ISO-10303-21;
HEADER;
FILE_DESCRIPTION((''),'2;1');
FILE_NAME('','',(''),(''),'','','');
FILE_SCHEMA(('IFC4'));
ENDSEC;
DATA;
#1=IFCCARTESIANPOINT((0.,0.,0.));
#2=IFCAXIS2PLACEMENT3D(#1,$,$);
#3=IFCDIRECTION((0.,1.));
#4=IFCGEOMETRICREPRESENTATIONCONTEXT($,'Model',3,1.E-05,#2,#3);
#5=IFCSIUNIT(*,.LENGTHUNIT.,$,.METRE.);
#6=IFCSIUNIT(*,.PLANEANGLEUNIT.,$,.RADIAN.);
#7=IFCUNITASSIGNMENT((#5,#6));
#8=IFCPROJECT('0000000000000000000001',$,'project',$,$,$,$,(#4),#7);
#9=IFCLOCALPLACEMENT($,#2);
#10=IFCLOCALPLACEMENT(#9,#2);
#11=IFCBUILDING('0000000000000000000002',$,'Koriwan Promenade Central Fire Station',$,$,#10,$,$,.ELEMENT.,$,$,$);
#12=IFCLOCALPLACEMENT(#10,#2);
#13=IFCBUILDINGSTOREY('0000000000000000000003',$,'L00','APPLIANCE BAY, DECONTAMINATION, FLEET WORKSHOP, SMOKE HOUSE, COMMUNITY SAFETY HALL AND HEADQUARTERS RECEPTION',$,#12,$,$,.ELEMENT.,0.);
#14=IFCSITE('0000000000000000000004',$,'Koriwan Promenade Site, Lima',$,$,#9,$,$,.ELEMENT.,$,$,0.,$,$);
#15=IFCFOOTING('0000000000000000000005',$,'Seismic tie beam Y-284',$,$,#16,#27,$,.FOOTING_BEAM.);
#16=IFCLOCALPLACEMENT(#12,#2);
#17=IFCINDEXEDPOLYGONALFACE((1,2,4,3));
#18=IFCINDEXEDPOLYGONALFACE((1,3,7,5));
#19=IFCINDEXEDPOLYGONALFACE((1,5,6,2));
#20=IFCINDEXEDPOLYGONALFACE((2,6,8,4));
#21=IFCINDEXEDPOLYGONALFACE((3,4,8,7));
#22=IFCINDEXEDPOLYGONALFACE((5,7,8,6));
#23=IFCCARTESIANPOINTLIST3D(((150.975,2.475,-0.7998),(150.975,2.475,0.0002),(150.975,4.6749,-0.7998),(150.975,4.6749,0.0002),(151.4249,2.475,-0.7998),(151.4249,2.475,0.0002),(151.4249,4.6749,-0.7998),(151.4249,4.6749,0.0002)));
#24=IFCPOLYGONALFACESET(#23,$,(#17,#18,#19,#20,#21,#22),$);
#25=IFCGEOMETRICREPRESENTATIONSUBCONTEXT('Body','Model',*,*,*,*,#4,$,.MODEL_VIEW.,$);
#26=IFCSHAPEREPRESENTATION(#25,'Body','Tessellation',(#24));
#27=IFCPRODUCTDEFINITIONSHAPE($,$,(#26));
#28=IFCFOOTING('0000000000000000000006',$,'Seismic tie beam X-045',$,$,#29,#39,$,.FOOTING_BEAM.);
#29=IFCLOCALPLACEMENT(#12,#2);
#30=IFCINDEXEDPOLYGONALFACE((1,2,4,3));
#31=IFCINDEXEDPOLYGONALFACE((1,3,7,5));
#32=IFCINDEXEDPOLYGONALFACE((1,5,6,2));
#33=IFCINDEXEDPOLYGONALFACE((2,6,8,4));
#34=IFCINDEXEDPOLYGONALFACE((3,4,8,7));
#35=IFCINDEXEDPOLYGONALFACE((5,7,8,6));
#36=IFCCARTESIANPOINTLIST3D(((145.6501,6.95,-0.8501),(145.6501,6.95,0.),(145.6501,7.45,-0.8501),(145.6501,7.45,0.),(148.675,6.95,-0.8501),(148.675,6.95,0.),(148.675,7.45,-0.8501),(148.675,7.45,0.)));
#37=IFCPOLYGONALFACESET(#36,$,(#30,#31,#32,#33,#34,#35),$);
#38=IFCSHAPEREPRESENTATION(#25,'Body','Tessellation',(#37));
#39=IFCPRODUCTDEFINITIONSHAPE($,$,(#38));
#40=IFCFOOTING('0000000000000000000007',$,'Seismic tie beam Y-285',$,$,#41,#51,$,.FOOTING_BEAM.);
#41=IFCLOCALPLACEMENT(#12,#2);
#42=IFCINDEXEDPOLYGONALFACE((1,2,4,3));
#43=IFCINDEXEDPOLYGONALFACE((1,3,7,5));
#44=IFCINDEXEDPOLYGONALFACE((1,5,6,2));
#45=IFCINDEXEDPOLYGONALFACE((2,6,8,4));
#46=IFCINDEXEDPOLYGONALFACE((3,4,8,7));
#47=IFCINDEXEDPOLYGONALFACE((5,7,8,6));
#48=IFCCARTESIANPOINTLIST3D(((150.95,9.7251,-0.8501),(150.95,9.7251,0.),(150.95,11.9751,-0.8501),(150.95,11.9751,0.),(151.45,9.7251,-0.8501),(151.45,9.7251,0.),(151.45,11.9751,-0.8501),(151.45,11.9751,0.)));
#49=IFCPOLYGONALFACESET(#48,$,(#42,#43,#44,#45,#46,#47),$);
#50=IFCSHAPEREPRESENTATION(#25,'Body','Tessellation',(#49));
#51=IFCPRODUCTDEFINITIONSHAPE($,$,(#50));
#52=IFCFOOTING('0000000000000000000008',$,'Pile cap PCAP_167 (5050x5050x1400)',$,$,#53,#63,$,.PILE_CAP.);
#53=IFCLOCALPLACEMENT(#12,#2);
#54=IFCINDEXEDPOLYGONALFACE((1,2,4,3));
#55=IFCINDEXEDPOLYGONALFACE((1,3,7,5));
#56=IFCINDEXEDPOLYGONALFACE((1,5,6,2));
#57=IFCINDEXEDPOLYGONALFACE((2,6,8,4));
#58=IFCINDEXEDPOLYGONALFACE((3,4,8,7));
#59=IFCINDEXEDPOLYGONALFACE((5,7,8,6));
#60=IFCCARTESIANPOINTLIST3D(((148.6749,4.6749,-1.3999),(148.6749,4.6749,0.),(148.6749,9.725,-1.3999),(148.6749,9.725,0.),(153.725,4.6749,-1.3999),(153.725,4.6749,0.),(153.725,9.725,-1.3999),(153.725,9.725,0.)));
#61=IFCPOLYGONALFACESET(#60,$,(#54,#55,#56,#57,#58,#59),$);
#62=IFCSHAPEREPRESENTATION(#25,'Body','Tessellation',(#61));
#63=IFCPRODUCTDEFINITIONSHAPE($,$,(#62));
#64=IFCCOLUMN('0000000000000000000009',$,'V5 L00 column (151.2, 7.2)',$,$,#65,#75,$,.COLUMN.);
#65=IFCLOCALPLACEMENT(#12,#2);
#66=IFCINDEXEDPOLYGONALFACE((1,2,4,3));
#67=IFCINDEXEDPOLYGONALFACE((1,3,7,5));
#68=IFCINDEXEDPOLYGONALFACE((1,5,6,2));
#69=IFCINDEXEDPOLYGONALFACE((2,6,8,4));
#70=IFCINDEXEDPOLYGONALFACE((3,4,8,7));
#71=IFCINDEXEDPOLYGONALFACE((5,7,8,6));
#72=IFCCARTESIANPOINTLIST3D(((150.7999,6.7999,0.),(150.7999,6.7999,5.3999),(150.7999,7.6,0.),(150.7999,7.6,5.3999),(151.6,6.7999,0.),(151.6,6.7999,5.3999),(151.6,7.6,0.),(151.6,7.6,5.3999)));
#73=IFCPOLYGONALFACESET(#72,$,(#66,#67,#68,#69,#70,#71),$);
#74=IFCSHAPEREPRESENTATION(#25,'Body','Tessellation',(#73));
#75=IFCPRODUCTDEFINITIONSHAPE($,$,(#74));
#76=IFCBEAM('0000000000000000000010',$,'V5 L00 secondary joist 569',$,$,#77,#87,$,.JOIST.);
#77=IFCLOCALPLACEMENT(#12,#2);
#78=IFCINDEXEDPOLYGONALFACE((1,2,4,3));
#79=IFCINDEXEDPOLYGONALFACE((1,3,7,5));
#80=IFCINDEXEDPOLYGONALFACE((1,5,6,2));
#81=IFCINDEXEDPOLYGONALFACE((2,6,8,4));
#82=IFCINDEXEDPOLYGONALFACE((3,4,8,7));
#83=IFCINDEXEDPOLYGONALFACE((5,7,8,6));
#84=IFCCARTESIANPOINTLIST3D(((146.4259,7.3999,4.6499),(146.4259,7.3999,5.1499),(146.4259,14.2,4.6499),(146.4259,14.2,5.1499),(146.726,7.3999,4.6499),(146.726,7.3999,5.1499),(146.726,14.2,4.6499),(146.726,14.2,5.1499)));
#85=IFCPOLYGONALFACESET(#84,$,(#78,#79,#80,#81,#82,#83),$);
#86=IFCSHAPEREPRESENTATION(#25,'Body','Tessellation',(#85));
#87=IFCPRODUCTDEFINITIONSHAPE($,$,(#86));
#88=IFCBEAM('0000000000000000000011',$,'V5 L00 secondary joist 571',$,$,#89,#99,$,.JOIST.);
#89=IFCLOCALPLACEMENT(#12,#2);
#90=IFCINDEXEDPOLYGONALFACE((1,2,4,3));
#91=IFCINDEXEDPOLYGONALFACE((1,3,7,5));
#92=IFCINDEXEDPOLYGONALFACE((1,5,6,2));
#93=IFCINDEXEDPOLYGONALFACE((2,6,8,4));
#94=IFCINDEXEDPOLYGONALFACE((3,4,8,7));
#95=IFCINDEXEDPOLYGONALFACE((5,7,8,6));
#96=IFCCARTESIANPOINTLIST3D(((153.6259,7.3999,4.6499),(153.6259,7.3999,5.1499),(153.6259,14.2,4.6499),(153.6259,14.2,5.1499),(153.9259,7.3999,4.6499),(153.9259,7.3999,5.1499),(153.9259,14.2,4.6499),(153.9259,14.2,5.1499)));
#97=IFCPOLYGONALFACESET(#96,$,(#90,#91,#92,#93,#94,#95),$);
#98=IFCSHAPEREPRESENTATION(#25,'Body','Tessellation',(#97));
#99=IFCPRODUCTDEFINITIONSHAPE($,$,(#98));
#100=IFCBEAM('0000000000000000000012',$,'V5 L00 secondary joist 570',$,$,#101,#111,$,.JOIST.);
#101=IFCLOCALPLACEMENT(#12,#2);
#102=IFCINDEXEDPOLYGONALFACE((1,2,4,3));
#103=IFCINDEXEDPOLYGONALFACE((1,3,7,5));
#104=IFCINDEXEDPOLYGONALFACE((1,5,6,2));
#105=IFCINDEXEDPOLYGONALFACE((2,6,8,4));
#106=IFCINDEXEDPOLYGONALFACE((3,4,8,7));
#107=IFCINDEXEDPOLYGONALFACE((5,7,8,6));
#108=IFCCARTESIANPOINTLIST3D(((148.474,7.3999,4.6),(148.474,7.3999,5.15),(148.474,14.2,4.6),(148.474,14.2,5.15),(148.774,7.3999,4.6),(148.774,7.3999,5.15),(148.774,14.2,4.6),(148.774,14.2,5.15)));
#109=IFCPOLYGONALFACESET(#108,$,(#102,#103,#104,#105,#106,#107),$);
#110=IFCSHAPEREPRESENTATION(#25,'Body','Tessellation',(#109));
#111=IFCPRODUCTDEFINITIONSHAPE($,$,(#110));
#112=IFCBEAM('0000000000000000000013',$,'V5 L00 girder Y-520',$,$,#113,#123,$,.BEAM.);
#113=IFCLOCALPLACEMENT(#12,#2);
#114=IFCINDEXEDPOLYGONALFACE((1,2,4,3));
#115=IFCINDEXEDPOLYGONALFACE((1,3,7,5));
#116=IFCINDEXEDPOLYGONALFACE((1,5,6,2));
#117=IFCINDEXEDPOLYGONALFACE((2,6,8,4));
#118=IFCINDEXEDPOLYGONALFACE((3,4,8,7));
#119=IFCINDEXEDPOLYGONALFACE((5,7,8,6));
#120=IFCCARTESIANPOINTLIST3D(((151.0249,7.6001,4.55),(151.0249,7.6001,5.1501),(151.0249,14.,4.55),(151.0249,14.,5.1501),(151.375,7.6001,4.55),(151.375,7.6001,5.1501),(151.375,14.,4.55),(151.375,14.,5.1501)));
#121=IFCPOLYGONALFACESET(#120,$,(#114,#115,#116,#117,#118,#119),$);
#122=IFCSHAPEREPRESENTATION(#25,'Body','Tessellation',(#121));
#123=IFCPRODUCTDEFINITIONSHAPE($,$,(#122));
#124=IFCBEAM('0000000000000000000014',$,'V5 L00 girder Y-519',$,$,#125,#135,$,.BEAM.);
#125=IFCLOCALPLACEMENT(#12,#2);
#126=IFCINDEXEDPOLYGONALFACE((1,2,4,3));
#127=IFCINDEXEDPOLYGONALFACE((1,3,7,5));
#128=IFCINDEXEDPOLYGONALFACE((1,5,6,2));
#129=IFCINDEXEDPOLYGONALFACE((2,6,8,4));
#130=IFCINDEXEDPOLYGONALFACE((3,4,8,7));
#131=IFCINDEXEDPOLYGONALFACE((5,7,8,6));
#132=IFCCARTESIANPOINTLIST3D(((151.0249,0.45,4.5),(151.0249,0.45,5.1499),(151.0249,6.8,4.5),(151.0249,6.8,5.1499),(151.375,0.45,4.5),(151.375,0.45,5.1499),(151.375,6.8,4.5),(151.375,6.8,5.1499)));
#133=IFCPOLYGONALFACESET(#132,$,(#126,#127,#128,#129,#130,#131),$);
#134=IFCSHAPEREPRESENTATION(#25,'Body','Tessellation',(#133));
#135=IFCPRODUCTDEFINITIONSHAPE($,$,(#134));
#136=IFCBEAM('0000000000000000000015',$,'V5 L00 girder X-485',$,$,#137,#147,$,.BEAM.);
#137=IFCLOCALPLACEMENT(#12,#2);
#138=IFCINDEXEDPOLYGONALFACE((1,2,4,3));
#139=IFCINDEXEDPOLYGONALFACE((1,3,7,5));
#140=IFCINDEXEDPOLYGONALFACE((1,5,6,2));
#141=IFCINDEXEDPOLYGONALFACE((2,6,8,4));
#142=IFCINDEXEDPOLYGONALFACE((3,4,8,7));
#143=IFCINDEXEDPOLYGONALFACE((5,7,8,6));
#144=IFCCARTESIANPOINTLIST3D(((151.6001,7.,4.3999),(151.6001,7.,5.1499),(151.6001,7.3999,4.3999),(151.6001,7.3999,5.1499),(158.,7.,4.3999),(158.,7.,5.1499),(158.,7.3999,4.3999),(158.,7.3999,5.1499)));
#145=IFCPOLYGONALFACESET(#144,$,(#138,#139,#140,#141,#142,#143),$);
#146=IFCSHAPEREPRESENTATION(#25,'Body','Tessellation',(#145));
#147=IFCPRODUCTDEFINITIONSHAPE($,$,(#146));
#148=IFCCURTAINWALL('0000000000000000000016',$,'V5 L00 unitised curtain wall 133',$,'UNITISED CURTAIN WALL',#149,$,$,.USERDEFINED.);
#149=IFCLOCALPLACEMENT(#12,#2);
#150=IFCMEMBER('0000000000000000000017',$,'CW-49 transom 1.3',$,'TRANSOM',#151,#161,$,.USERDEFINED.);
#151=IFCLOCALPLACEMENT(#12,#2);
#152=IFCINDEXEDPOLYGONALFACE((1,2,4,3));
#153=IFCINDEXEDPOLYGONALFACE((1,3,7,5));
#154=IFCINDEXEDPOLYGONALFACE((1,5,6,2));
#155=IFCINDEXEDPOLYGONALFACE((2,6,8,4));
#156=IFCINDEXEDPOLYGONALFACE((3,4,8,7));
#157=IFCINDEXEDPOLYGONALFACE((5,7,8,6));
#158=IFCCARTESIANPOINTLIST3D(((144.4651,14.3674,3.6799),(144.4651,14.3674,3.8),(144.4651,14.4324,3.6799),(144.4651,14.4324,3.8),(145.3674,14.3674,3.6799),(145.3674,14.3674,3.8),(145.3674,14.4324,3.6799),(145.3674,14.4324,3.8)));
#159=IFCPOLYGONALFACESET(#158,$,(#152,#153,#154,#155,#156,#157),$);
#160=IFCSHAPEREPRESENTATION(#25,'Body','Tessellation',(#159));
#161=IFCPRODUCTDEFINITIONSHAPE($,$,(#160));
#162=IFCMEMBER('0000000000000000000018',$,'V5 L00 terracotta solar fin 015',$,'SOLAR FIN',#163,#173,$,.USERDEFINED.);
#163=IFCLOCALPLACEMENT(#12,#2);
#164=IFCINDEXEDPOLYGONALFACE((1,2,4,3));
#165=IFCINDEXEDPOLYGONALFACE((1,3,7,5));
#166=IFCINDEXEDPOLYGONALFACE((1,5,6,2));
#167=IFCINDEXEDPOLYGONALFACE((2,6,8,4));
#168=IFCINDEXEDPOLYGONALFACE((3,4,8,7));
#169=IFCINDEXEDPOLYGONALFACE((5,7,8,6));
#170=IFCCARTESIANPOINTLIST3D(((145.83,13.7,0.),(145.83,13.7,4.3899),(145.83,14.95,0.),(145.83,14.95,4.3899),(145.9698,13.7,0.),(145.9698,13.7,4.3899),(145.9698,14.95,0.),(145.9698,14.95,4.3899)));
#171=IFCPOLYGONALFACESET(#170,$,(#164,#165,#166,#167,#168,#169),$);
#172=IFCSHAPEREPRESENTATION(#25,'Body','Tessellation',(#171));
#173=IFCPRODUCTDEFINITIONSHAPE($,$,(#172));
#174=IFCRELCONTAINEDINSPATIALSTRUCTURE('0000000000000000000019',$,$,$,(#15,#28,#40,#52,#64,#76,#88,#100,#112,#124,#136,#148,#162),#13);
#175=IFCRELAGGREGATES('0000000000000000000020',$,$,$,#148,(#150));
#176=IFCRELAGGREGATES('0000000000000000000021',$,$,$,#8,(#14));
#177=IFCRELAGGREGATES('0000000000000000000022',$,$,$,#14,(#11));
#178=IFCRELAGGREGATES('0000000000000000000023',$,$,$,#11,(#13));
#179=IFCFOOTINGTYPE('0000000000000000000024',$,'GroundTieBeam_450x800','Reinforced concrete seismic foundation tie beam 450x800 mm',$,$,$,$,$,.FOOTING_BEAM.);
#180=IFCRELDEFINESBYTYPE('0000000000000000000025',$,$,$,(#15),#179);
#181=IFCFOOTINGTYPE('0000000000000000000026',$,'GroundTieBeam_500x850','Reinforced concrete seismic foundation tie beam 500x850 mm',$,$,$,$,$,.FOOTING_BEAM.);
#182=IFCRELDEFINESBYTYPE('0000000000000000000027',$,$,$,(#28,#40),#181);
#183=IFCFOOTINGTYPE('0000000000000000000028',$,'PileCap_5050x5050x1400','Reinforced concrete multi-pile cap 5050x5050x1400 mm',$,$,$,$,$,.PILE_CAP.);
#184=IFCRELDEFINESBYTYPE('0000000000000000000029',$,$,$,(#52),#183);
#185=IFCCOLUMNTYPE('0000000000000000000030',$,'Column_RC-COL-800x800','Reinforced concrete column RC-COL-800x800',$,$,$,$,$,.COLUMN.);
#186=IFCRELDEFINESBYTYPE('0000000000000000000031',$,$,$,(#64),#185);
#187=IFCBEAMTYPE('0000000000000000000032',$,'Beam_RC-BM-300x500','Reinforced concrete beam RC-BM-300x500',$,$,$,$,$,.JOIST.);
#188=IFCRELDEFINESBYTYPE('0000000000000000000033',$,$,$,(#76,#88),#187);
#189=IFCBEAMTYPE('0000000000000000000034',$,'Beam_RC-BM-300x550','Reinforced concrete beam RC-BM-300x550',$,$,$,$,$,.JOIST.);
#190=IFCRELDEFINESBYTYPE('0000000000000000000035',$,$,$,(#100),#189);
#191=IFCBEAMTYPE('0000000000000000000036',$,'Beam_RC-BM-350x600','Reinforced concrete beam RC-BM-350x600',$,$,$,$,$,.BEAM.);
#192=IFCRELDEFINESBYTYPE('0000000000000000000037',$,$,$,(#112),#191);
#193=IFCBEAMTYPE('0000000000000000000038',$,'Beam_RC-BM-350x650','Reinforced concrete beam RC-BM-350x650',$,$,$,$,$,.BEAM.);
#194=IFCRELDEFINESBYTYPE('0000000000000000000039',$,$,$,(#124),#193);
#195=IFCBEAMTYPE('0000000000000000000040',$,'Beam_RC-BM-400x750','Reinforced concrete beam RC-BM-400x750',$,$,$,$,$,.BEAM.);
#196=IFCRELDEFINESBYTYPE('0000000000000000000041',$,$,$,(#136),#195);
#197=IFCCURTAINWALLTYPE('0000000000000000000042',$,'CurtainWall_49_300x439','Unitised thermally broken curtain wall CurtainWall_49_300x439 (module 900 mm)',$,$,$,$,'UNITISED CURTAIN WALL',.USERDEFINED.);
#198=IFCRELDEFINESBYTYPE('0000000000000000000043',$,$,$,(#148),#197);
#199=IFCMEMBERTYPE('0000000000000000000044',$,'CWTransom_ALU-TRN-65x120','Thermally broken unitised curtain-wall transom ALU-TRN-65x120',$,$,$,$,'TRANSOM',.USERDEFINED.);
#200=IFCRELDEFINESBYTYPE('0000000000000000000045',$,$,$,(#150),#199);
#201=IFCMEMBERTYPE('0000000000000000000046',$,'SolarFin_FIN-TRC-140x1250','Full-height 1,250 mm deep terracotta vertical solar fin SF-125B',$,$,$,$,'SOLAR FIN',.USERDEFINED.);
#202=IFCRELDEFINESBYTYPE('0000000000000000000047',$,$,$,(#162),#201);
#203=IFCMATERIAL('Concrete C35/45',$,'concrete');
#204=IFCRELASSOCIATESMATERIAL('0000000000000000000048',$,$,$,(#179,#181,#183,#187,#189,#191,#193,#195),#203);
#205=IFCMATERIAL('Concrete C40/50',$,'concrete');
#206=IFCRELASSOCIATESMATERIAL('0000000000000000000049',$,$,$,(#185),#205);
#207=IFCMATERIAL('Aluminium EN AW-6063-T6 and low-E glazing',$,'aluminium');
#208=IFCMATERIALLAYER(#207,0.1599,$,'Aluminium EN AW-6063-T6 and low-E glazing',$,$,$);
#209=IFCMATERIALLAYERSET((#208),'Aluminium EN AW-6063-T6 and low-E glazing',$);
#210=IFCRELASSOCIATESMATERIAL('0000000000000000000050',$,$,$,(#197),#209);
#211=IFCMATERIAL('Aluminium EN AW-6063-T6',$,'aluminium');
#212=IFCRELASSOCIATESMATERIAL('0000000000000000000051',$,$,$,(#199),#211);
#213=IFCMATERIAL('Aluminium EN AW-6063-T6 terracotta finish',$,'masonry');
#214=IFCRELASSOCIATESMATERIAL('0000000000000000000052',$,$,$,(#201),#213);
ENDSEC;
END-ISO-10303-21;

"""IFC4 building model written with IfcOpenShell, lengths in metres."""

from ifc_helpers import new_model, si_unit, direction, frame, origin, origin_2d, place, context, subcontext, project, spatial, rectangle, extrude, material, layer, layer_set, material_profile, profile_set, type_object, element, aggregate, save


model = new_model("IFC4")

# Units and contexts
model_context = context("Model", 3, precision=1e-05, world=origin(), true_north=direction((0.0, 1.0)))
body_context = subcontext(model_context, "Body", "Model", "MODEL_VIEW")
ifc_project = project(units=[si_unit("LENGTHUNIT", "METRE"), si_unit("PLANEANGLEUNIT", "RADIAN")], contexts=[model_context])

# Site, building, storey
site_placement = place(None, origin())
site = spatial("IfcSite", under=ifc_project, at=site_placement, Name="Koriwan Promenade Site, Lima", CompositionType="ELEMENT", RefElevation=0.0)
building_placement = place(site_placement, origin())
building = spatial("IfcBuilding", under=site, at=building_placement, Name="Koriwan Promenade Central Fire Station", CompositionType="ELEMENT")
storey_placement = place(building_placement, origin())
storey = spatial("IfcBuildingStorey", under=building, at=storey_placement, Name="L00", Description="APPLIANCE BAY, DECONTAMINATION, FLEET WORKSHOP, SMOKE HOUSE, COMMUNITY SAFETY HALL AND HEADQUARTERS RECEPTION", CompositionType="ELEMENT", Elevation=0.0)

# Shared definitions
ifc_material_1 = material(Name="Concrete C35/45", Category="concrete")

# Footings
footing_type_1 = type_object("IfcFootingType", Name="GroundTieBeam_450x800", Description="Reinforced concrete seismic foundation tie beam 450x800 mm", PredefinedType="FOOTING_BEAM", material=ifc_material_1)
footing_1_placement = place(storey_placement, frame((151.2, 3.575, -0.7998), z_axis=(0.0, 0.0, 1.0), x_axis=(0.0, 1.0, 0.0)))
element("IfcFooting", 1, at=footing_1_placement, inside=storey, type_object=footing_type_1, Name="Seismic tie beam Y-284", PredefinedType="FOOTING_BEAM", context=body_context, shape_type="SweptSolid", body=[
    extrude(rectangle(XDim=2.2, YDim=0.45, at=origin_2d()), origin(), (0.0, 0.0, 1.0), 0.8),
])
footing_type_2 = type_object("IfcFootingType", Name="GroundTieBeam_500x850", Description="Reinforced concrete seismic foundation tie beam 500x850 mm", PredefinedType="FOOTING_BEAM", material=ifc_material_1)
footing_2_placement = place(storey_placement, frame((147.1626, 7.2, -0.8501), z_axis=(0.0, 0.0, 1.0), x_axis=(1.0, 0.0, 0.0)))
element("IfcFooting", 2, at=footing_2_placement, inside=storey, type_object=footing_type_2, Name="Seismic tie beam X-045", PredefinedType="FOOTING_BEAM", context=body_context, shape_type="SweptSolid", body=[
    extrude(rectangle(XDim=3.0249, YDim=0.5, at=origin_2d()), origin(), (0.0, 0.0, 1.0), 0.8501),
])
footing_3_placement = place(storey_placement, frame((151.2, 10.8501, -0.8501), z_axis=(0.0, 0.0, 1.0), x_axis=(0.0, 1.0, 0.0)))
element("IfcFooting", 3, at=footing_3_placement, inside=storey, type_object=footing_type_2, Name="Seismic tie beam Y-285", PredefinedType="FOOTING_BEAM", context=body_context, shape_type="SweptSolid", body=[
    extrude(rectangle(XDim=2.25, YDim=0.5, at=origin_2d()), origin(), (0.0, 0.0, 1.0), 0.8501),
])
footing_type_3 = type_object("IfcFootingType", Name="PileCap_5050x5050x1400", Description="Reinforced concrete multi-pile cap 5050x5050x1400 mm", PredefinedType="PILE_CAP", material=ifc_material_1)
footing_4_placement = place(storey_placement, frame((151.2, 7.2, -1.3999), z_axis=(0.0, 0.0, 1.0), x_axis=(1.0, 0.0, 0.0)))
element("IfcFooting", 4, at=footing_4_placement, inside=storey, type_object=footing_type_3, Name="Pile cap PCAP_167 (5050x5050x1400)", PredefinedType="PILE_CAP", context=body_context, shape_type="SweptSolid", body=[
    extrude(rectangle(XDim=5.05, YDim=5.05, at=origin_2d()), origin(), (0.0, 0.0, 1.0), 1.3999),
])

# Column
ifc_material_2 = material(Name="Concrete C40/50", Category="concrete")
ifc_material_profile_1 = material_profile(ifc_material_2, rectangle(XDim=0.8, YDim=0.8, at=origin_2d()), Name="RC-COL-800x800")
ifc_profile_set_1 = profile_set([ifc_material_profile_1], Name="Concrete C40/50")
column_type = type_object("IfcColumnType", Name="Column_RC-COL-800x800", Description="Reinforced concrete column RC-COL-800x800", PredefinedType="COLUMN", material=ifc_profile_set_1)
column_placement = place(storey_placement, frame((151.2, 7.2, 0.0), z_axis=(0.0, 0.0, 1.0), x_axis=(1.0, 0.0, 0.0)))
element("IfcColumn", 5, at=column_placement, inside=storey, type_object=column_type, Name="V5 L00 column (151.2, 7.2)", PredefinedType="COLUMN", context=body_context, shape_type="SweptSolid", body=[
    extrude(rectangle(XDim=0.8, YDim=0.8, at=origin_2d()), origin(), (0.0, 0.0, 1.0), 5.3999),
])

# Beams
ifc_material_profile_2 = material_profile(ifc_material_1, rectangle(XDim=0.3, YDim=0.5, at=origin_2d()), Name="RC-BM-300x500")
ifc_profile_set_2 = profile_set([ifc_material_profile_2], Name="Concrete C35/45")
beam_type_1 = type_object("IfcBeamType", Name="Beam_RC-BM-300x500", Description="Reinforced concrete beam RC-BM-300x500", PredefinedType="JOIST", material=ifc_profile_set_2)
for number, where, z_axis, x_axis, name in (
    (6, (146.5759, 7.3999, 4.8999), (0.0, 1.0, 0.0), (-1.0, 0.0, 0.0), "V5 L00 secondary joist 569"),
    (7, (153.7759, 7.3999, 4.8999), (0.0, 1.0, 0.0), (-1.0, 0.0, 0.0), "V5 L00 secondary joist 571"),
):
    element("IfcBeam", number, at=place(storey_placement, frame(where, z_axis=z_axis, x_axis=x_axis)), inside=storey, type_object=beam_type_1, Name=name, PredefinedType="JOIST", context=body_context, shape_type="SweptSolid", body=[
        extrude(rectangle(XDim=0.3, YDim=0.5, at=origin_2d()), origin(), (0.0, 0.0, 1.0), 6.8),
    ])
ifc_material_profile_3 = material_profile(ifc_material_1, rectangle(XDim=0.3, YDim=0.55, at=origin_2d()), Name="RC-BM-300x550")
ifc_profile_set_3 = profile_set([ifc_material_profile_3], Name="Concrete C35/45")
beam_type_2 = type_object("IfcBeamType", Name="Beam_RC-BM-300x550", Description="Reinforced concrete beam RC-BM-300x550", PredefinedType="JOIST", material=ifc_profile_set_3)
beam_1_placement = place(storey_placement, frame((148.624, 7.3999, 4.875), z_axis=(0.0, 1.0, 0.0), x_axis=(-1.0, 0.0, 0.0)))
element("IfcBeam", 8, at=beam_1_placement, inside=storey, type_object=beam_type_2, Name="V5 L00 secondary joist 570", PredefinedType="JOIST", context=body_context, shape_type="SweptSolid", body=[
    extrude(rectangle(XDim=0.3, YDim=0.55, at=origin_2d()), origin(), (0.0, 0.0, 1.0), 6.8),
])
ifc_material_profile_4 = material_profile(ifc_material_1, rectangle(XDim=0.3501, YDim=0.6001, at=origin_2d()), Name="RC-BM-350x600")
ifc_profile_set_4 = profile_set([ifc_material_profile_4], Name="Concrete C35/45")
beam_type_3 = type_object("IfcBeamType", Name="Beam_RC-BM-350x600", Description="Reinforced concrete beam RC-BM-350x600", PredefinedType="BEAM", material=ifc_profile_set_4)
beam_2_placement = place(storey_placement, frame((151.2, 7.6001, 4.8501), z_axis=(0.0, 1.0, 0.0), x_axis=(-1.0, 0.0, 0.0)))
element("IfcBeam", 9, at=beam_2_placement, inside=storey, type_object=beam_type_3, Name="V5 L00 girder Y-520", PredefinedType="BEAM", context=body_context, shape_type="SweptSolid", body=[
    extrude(rectangle(XDim=0.3501, YDim=0.6001, at=origin_2d()), origin(), (0.0, 0.0, 1.0), 6.3999),
])
ifc_material_profile_5 = material_profile(ifc_material_1, rectangle(XDim=0.3501, YDim=0.6499, at=origin_2d()), Name="RC-BM-350x650")
ifc_profile_set_5 = profile_set([ifc_material_profile_5], Name="Concrete C35/45")
beam_type_4 = type_object("IfcBeamType", Name="Beam_RC-BM-350x650", Description="Reinforced concrete beam RC-BM-350x650", PredefinedType="BEAM", material=ifc_profile_set_5)
beam_3_placement = place(storey_placement, frame((151.2, 0.45, 4.825), z_axis=(0.0, 1.0, 0.0), x_axis=(-1.0, 0.0, 0.0)))
element("IfcBeam", 10, at=beam_3_placement, inside=storey, type_object=beam_type_4, Name="V5 L00 girder Y-519", PredefinedType="BEAM", context=body_context, shape_type="SweptSolid", body=[
    extrude(rectangle(XDim=0.3501, YDim=0.6499, at=origin_2d()), origin(), (0.0, 0.0, 1.0), 6.3501),
])
ifc_material_profile_6 = material_profile(ifc_material_1, rectangle(XDim=0.3999, YDim=0.75, at=origin_2d()), Name="RC-BM-400x750")
ifc_profile_set_6 = profile_set([ifc_material_profile_6], Name="Concrete C35/45")
beam_type_5 = type_object("IfcBeamType", Name="Beam_RC-BM-400x750", Description="Reinforced concrete beam RC-BM-400x750", PredefinedType="BEAM", material=ifc_profile_set_6)
beam_4_placement = place(storey_placement, frame((151.6001, 7.2, 4.7749), z_axis=(1.0, 0.0, 0.0), x_axis=(0.0, 1.0, 0.0)))
element("IfcBeam", 11, at=beam_4_placement, inside=storey, type_object=beam_type_5, Name="V5 L00 girder X-485", PredefinedType="BEAM", context=body_context, shape_type="SweptSolid", body=[
    extrude(rectangle(XDim=0.3999, YDim=0.75, at=origin_2d()), origin(), (0.0, 0.0, 1.0), 6.3999),
])

# Curtain wall, member
ifc_material_3 = material(Name="Aluminium EN AW-6063-T6 and low-E glazing", Category="aluminium")
ifc_layer_1 = layer(ifc_material_3, 0.1599, Name="Aluminium EN AW-6063-T6 and low-E glazing")
ifc_layer_set_1 = layer_set([ifc_layer_1], Name="Aluminium EN AW-6063-T6 and low-E glazing")
curtain_wall_type = type_object("IfcCurtainWallType", Name="CurtainWall_49_300x439", Description="Unitised thermally broken curtain wall CurtainWall_49_300x439 (module 900 mm)", ElementType="UNITISED CURTAIN WALL", PredefinedType="USERDEFINED", material=ifc_layer_set_1)
curtain_wall_placement = place(storey_placement, origin())
curtain_wall = element("IfcCurtainWall", 12, at=curtain_wall_placement, inside=storey, type_object=curtain_wall_type, Name="V5 L00 unitised curtain wall 133", ObjectType="UNITISED CURTAIN WALL", PredefinedType="USERDEFINED")
ifc_material_4 = material(Name="Aluminium EN AW-6063-T6", Category="aluminium")
ifc_material_profile_7 = material_profile(ifc_material_4, rectangle(XDim=0.0649, YDim=0.1201, at=origin_2d()), Name="ALU-TRN-65x120")
ifc_profile_set_7 = profile_set([ifc_material_profile_7], Name="Aluminium EN AW-6063-T6")
member_type_1 = type_object("IfcMemberType", Name="CWTransom_ALU-TRN-65x120", Description="Thermally broken unitised curtain-wall transom ALU-TRN-65x120", ElementType="TRANSOM", PredefinedType="USERDEFINED", material=ifc_profile_set_7)
member_placement = place(storey_placement, frame((144.4651, 14.3999, 3.74), z_axis=(1.0, 0.0, 0.0), x_axis=(0.0, 1.0, 0.0)))
member = element("IfcMember", 13, at=member_placement, type_object=member_type_1, Name="CW-49 transom 1.3", ObjectType="TRANSOM", PredefinedType="USERDEFINED", context=body_context, shape_type="SweptSolid", body=[
    extrude(rectangle(XDim=0.0649, YDim=0.1201, at=origin_2d()), origin(), (0.0, 0.0, 1.0), 0.9023),
])
aggregate(curtain_wall, [member])

# Member
ifc_material_5 = material(Name="Aluminium EN AW-6063-T6 terracotta finish", Category="masonry")
ifc_material_profile_8 = material_profile(ifc_material_5, rectangle(XDim=0.1399, YDim=1.25, at=origin_2d()), Name="FIN-TRC-140x1250")
ifc_profile_set_8 = profile_set([ifc_material_profile_8], Name="Aluminium EN AW-6063-T6 terracotta finish")
member_type_2 = type_object("IfcMemberType", Name="SolarFin_FIN-TRC-140x1250", Description="Full-height 1,250 mm deep terracotta vertical solar fin SF-125B", ElementType="SOLAR FIN", PredefinedType="USERDEFINED", material=ifc_profile_set_8)
for number, where, z_axis, x_axis, name in (
    (14, (145.8999, 14.325, 0.0), (0.0, 0.0, 1.0), (-1.0, 0.0, 0.0), "V5 L00 terracotta solar fin 015"),
):
    element("IfcMember", number, at=place(storey_placement, frame(where, z_axis=z_axis, x_axis=x_axis)), inside=storey, type_object=member_type_2, Name=name, ObjectType="SOLAR FIN", PredefinedType="USERDEFINED", context=body_context, shape_type="SweptSolid", body=[
        extrude(rectangle(XDim=0.1399, YDim=1.25, at=origin_2d()), origin(), (0.0, 0.0, 1.0), 4.3899),
    ])

save(model, "model.ifc")
